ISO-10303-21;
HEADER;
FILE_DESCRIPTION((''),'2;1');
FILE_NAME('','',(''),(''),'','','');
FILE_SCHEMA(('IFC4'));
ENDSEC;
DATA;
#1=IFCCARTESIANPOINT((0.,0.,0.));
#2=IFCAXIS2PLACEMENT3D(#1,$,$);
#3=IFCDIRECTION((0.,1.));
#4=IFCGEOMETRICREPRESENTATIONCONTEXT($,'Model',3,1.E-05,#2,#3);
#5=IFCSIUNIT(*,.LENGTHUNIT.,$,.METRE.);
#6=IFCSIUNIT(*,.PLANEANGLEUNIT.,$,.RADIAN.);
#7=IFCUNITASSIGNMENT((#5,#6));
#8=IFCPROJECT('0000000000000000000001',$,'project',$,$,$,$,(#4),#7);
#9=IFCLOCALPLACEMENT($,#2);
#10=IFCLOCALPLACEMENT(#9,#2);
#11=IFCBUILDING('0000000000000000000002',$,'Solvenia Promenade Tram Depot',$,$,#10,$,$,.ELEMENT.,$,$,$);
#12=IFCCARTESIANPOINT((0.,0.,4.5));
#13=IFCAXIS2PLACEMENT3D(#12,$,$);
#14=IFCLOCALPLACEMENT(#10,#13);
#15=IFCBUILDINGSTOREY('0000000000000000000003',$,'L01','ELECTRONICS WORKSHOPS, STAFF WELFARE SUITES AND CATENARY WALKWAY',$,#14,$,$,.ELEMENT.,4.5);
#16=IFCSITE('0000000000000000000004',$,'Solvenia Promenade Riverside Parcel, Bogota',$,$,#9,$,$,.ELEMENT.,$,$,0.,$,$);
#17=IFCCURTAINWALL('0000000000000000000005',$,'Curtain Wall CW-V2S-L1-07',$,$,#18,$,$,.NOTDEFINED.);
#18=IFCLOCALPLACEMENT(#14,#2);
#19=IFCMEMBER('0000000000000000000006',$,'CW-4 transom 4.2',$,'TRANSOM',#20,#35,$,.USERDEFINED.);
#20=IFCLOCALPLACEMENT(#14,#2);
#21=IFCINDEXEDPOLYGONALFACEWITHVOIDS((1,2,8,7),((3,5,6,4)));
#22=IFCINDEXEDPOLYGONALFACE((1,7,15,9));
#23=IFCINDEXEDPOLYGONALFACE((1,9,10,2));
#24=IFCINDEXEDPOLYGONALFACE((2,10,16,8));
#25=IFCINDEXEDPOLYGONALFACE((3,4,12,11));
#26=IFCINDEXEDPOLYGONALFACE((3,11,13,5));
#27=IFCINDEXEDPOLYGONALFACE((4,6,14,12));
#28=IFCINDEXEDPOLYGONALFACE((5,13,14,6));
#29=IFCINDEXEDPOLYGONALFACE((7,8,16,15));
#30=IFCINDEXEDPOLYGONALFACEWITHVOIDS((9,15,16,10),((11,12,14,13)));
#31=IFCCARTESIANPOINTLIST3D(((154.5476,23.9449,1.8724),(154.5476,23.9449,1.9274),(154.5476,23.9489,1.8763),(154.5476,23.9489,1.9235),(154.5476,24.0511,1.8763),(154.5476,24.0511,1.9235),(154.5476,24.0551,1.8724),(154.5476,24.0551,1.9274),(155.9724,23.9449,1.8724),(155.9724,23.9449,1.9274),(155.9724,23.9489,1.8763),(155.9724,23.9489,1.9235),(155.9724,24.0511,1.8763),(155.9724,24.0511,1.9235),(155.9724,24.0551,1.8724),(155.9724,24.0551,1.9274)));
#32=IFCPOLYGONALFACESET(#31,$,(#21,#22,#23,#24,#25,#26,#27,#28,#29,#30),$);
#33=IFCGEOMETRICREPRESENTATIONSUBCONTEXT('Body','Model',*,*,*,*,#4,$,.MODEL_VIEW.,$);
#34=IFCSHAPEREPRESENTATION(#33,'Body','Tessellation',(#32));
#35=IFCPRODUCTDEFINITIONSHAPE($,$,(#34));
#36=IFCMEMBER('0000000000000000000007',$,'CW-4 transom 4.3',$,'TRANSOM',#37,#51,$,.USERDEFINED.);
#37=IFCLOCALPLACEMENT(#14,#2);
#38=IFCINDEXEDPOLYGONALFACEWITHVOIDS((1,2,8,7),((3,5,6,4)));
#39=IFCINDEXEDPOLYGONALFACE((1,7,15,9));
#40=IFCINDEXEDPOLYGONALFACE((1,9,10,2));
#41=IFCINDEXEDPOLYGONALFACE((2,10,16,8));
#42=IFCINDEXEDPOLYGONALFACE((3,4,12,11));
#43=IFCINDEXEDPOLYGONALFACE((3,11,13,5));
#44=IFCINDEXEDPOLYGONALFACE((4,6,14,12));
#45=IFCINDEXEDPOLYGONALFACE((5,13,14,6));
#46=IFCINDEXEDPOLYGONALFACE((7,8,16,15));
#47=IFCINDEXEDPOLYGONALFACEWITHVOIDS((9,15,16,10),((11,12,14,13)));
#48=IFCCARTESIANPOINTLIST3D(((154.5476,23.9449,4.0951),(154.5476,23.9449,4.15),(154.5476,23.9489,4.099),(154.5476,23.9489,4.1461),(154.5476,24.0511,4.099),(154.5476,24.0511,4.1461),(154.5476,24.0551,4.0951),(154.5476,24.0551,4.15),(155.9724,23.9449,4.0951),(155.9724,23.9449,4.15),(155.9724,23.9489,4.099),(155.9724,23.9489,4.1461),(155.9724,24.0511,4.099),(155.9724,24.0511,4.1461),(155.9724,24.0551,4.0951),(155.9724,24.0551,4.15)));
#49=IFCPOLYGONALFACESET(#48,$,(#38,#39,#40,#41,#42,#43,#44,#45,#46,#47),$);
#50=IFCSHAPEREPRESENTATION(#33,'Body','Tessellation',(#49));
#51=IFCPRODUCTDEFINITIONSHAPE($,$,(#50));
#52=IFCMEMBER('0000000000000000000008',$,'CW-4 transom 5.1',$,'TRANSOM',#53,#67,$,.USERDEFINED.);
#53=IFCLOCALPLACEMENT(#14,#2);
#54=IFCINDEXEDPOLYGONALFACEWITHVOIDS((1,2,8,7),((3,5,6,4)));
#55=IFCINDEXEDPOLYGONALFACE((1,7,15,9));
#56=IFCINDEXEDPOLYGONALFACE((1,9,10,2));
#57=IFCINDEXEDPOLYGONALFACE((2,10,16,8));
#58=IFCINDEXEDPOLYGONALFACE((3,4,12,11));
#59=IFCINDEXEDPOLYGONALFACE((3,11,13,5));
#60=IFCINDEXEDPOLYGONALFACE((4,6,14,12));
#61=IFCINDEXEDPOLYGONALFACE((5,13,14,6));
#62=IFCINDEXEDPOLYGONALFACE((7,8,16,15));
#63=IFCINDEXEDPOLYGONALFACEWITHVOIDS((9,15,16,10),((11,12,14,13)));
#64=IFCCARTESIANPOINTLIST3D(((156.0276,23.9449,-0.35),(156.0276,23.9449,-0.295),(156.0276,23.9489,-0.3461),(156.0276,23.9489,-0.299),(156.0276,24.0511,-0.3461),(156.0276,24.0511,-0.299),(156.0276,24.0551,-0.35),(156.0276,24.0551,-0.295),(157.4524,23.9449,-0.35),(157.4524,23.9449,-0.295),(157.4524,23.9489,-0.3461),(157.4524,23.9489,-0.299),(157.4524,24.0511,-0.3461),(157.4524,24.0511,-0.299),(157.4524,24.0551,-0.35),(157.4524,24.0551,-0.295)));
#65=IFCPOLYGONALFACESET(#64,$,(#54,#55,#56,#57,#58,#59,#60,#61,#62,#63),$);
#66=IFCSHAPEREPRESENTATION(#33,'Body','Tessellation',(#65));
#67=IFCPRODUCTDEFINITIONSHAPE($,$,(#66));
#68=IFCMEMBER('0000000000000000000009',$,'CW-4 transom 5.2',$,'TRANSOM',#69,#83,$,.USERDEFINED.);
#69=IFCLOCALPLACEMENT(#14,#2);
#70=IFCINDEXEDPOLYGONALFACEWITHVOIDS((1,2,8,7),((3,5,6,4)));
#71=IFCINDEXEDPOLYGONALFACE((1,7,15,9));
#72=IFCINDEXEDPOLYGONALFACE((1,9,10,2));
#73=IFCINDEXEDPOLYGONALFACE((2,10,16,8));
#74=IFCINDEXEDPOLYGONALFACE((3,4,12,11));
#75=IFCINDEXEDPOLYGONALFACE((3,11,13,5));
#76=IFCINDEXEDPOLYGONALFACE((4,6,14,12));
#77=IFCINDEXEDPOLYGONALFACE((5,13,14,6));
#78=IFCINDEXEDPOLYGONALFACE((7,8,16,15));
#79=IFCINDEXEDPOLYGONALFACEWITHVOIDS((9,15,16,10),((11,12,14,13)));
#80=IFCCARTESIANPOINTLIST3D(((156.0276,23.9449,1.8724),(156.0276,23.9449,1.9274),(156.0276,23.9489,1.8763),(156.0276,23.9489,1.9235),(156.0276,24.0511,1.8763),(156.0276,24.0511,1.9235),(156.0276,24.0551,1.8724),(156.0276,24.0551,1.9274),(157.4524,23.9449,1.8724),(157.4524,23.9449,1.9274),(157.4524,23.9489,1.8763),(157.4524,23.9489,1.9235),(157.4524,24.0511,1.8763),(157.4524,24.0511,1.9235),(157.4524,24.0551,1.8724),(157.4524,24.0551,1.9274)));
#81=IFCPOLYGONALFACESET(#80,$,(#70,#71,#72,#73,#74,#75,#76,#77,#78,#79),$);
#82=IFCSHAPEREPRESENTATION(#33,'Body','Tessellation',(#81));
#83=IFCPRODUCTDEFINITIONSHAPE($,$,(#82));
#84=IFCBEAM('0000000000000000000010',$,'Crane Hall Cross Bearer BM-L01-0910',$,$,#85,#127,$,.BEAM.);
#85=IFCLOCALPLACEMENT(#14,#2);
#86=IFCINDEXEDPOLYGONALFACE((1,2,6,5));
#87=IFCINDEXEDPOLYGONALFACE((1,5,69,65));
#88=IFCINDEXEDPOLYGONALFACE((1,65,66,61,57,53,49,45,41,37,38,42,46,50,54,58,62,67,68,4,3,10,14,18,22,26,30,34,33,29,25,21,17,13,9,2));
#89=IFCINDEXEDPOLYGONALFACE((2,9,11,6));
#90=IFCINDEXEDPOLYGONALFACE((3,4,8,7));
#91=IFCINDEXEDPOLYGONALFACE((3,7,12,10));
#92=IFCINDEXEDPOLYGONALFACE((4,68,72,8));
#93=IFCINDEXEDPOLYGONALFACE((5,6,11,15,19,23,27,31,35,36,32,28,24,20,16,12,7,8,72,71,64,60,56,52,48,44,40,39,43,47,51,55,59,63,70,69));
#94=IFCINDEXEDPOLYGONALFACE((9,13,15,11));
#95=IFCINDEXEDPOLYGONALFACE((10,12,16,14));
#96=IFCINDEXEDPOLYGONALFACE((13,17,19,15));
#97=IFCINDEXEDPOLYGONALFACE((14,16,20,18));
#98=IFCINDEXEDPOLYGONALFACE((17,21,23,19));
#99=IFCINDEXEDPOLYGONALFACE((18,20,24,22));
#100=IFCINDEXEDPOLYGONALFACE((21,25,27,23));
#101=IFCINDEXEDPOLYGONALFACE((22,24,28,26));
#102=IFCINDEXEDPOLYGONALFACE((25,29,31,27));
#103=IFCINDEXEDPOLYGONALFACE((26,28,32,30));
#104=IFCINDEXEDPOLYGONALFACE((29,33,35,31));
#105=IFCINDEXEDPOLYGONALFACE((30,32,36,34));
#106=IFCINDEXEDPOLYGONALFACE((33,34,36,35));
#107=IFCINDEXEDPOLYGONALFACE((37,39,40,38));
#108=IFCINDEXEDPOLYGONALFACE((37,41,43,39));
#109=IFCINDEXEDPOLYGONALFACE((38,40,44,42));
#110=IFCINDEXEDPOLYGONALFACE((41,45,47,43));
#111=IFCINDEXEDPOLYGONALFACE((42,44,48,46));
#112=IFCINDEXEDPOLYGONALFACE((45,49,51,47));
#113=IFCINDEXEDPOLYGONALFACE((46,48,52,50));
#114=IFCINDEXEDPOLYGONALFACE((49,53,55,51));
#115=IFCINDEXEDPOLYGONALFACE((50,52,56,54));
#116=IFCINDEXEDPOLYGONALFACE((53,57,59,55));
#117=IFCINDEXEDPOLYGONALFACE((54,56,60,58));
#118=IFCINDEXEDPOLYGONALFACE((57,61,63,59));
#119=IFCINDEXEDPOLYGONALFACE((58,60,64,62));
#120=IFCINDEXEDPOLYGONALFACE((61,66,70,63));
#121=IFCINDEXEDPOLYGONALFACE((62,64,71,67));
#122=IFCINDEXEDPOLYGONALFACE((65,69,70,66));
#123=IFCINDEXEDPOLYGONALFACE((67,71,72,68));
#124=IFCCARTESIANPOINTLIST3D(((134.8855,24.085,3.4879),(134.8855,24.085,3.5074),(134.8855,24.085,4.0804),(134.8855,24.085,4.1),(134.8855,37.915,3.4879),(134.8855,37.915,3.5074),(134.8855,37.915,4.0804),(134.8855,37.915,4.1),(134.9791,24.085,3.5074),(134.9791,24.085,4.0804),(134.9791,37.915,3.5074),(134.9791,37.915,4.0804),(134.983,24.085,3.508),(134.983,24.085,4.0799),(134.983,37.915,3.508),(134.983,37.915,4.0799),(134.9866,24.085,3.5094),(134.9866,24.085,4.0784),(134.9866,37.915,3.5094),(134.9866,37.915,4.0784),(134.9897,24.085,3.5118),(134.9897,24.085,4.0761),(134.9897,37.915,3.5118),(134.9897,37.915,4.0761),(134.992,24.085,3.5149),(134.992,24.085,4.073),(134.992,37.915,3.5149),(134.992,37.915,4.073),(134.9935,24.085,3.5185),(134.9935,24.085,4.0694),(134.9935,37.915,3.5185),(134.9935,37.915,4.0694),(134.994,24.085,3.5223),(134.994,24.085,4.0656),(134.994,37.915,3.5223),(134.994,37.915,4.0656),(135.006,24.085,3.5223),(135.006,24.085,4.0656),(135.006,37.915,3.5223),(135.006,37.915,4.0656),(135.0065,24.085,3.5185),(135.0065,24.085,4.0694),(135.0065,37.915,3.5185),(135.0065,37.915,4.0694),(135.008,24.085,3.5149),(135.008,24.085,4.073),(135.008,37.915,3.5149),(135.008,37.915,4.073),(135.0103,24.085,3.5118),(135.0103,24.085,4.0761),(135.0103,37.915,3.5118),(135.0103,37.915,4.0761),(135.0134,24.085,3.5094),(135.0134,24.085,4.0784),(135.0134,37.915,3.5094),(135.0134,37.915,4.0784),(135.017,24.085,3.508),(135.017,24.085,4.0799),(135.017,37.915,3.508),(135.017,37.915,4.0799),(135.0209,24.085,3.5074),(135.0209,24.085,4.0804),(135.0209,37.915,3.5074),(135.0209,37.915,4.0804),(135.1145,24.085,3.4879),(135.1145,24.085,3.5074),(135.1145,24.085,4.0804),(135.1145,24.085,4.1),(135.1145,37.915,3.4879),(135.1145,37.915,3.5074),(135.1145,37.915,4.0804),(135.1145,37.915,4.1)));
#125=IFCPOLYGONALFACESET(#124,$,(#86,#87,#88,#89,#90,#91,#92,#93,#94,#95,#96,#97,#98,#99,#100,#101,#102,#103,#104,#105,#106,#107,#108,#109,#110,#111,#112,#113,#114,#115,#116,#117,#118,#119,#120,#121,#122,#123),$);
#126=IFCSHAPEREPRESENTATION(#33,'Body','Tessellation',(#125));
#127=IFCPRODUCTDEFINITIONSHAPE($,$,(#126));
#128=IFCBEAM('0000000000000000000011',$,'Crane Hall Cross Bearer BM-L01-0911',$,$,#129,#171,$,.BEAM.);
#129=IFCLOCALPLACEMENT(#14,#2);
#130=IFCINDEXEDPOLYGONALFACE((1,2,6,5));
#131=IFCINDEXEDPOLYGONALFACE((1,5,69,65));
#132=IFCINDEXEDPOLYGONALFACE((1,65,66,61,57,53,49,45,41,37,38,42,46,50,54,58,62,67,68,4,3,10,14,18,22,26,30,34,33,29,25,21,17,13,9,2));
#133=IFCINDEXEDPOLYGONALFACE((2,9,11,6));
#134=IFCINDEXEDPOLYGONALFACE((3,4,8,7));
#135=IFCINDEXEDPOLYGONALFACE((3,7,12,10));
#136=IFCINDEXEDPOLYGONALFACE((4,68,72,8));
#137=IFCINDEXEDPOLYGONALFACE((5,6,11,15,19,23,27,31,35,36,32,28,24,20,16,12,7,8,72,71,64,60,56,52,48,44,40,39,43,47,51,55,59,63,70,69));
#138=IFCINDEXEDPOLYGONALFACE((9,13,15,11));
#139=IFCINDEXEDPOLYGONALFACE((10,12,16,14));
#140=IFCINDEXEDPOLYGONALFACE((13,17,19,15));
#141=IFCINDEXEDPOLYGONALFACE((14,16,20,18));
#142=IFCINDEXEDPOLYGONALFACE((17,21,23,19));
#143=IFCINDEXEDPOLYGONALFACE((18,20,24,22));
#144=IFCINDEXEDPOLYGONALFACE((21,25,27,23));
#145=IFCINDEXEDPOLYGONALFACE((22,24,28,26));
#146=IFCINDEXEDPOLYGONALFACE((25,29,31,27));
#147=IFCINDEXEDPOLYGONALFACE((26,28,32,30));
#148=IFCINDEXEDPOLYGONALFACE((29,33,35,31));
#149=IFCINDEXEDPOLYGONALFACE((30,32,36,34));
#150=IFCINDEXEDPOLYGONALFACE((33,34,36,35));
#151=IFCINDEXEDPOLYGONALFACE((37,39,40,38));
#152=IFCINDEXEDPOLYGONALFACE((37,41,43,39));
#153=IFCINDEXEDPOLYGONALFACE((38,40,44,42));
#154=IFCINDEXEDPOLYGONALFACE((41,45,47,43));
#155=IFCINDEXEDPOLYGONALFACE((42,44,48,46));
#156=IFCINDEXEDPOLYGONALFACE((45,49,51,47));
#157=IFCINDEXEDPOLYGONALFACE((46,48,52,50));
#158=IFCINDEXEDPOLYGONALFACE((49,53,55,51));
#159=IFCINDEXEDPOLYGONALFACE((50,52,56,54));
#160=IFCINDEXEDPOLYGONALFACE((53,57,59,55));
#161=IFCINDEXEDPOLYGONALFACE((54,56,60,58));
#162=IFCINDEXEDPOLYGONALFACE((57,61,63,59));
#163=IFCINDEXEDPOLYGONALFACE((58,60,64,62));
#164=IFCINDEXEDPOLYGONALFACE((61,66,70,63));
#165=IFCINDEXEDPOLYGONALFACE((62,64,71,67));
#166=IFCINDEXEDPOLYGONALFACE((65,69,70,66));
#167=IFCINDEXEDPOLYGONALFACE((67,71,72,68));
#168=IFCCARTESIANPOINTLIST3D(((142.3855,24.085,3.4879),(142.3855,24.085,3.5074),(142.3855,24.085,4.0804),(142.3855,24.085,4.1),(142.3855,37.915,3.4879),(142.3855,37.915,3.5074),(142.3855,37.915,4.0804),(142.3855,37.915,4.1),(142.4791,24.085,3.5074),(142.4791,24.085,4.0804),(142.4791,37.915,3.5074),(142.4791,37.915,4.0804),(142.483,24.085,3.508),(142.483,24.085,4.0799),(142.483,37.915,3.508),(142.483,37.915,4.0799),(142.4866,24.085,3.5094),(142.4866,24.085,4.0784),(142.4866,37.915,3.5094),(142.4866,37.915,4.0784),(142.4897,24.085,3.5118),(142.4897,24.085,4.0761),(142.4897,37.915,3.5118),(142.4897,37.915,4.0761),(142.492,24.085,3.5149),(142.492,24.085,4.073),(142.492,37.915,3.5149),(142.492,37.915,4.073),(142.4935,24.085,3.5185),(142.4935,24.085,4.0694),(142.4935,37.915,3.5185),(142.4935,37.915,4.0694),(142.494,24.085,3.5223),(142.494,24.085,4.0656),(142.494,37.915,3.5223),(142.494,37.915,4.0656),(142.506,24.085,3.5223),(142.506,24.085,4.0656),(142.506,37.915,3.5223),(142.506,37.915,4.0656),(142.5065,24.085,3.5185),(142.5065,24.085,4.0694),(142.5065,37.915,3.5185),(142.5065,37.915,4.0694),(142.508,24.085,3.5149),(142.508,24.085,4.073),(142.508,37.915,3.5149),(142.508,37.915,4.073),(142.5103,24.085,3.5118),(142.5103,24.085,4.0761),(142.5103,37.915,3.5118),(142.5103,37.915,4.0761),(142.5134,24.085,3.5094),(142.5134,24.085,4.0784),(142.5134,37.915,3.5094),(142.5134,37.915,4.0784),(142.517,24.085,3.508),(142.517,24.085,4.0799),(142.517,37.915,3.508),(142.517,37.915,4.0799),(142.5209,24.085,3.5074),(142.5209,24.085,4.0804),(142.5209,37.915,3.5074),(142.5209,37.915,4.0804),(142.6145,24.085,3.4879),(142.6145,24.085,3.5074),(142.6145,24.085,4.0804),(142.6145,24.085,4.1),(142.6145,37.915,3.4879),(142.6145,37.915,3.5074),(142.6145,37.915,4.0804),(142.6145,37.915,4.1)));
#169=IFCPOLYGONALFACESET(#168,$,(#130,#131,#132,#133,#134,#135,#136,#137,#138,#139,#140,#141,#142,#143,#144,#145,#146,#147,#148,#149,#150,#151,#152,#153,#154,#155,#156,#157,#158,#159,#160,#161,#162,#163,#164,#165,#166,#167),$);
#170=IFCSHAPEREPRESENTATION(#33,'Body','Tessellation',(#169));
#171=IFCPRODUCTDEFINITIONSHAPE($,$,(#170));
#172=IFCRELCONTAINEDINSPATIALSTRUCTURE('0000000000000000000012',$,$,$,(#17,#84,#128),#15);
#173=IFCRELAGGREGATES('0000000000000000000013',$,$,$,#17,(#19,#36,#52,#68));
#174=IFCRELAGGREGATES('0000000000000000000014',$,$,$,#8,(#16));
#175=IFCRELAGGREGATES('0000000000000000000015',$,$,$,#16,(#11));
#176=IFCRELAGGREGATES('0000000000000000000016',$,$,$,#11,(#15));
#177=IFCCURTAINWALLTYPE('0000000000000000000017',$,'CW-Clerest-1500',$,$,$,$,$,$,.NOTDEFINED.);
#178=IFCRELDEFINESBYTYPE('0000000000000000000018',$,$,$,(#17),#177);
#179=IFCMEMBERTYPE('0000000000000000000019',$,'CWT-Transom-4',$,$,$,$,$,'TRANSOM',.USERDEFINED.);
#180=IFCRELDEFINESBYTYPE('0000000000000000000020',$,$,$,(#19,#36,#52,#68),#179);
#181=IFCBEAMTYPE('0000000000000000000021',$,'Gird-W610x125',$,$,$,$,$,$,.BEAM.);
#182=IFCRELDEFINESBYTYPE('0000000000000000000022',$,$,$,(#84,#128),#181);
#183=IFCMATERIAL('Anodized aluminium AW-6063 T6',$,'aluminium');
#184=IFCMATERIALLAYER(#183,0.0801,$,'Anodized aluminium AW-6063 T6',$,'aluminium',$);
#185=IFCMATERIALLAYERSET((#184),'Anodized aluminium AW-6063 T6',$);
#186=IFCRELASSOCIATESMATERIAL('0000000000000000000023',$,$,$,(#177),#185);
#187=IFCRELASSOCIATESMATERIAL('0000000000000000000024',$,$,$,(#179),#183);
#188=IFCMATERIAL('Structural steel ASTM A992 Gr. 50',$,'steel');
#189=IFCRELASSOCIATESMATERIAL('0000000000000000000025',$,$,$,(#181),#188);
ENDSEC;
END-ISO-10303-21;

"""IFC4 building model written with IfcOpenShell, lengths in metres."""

from ifc_helpers import new_model, si_unit, direction, frame, origin, origin_2d, place, context, subcontext, project, spatial, hollow_rectangle, i_section, extrude, material, layer, layer_set, material_profile, profile_set, type_object, element, aggregate, save


model = new_model("IFC4")

# Units and contexts
model_context = context("Model", 3, precision=1e-05, world=origin(), true_north=direction((0.0, 1.0)))
body_context = subcontext(model_context, "Body", "Model", "MODEL_VIEW")
ifc_project = project(units=[si_unit("LENGTHUNIT", "METRE"), si_unit("PLANEANGLEUNIT", "RADIAN")], contexts=[model_context])

# Site, building, storey
site_placement = place(None, origin())
site = spatial("IfcSite", under=ifc_project, at=site_placement, Name="Solvenia Promenade Riverside Parcel, Bogota", CompositionType="ELEMENT", RefElevation=0.0)
building_placement = place(site_placement, origin())
building = spatial("IfcBuilding", under=site, at=building_placement, Name="Solvenia Promenade Tram Depot", CompositionType="ELEMENT")
storey_placement = place(building_placement, frame((0.0, 0.0, 4.5)))
storey = spatial("IfcBuildingStorey", under=building, at=storey_placement, Name="L01", Description="ELECTRONICS WORKSHOPS, STAFF WELFARE SUITES AND CATENARY WALKWAY", CompositionType="ELEMENT", Elevation=4.5)

# Shared definitions
ifc_material_1 = material(Name="Structural steel ASTM A992 Gr. 50", Category="steel")

# Curtain wall, members
ifc_material_2 = material(Name="Anodized aluminium AW-6063 T6", Category="aluminium")
ifc_layer_1 = layer(ifc_material_2, 0.0801, Name="Anodized aluminium AW-6063 T6", Category="aluminium")
ifc_layer_set_1 = layer_set([ifc_layer_1], Name="Anodized aluminium AW-6063 T6")
curtain_wall_type = type_object("IfcCurtainWallType", Name="CW-Clerest-1500", PredefinedType="NOTDEFINED", material=ifc_layer_set_1)
curtain_wall_placement = place(storey_placement, origin())
curtain_wall = element("IfcCurtainWall", 1, at=curtain_wall_placement, inside=storey, type_object=curtain_wall_type, Name="Curtain Wall CW-V2S-L1-07", PredefinedType="NOTDEFINED")
ifc_material_profile_1 = material_profile(ifc_material_2, hollow_rectangle(XDim=0.1101, YDim=0.0549, WallThickness=0.0039, at=origin_2d()), Name="ALU-T4", Category="aluminium")
ifc_profile_set_1 = profile_set([ifc_material_profile_1], Name="Anodized aluminium AW-6063 T6")
member_type_1 = type_object("IfcMemberType", Name="CWT-Transom-4", ElementType="TRANSOM", PredefinedType="USERDEFINED", material=ifc_profile_set_1)
member_1_placement = place(storey_placement, frame((154.5476, 24.0, 1.8999), z_axis=(1.0, 0.0, 0.0), x_axis=(0.0, 1.0, 0.0)))
member_1 = element("IfcMember", 2, at=member_1_placement, type_object=member_type_1, Name="CW-4 transom 4.2", ObjectType="TRANSOM", PredefinedType="USERDEFINED", context=body_context, shape_type="SweptSolid", body=[
    extrude(hollow_rectangle(XDim=0.1101, YDim=0.0549, WallThickness=0.0039, at=origin_2d()), origin(), (0.0, 0.0, 1.0), 1.4248),
])
member_2_placement = place(storey_placement, frame((154.5476, 24.0, 4.1226), z_axis=(1.0, 0.0, 0.0), x_axis=(0.0, 1.0, 0.0)))
member_2 = element("IfcMember", 3, at=member_2_placement, type_object=member_type_1, Name="CW-4 transom 4.3", ObjectType="TRANSOM", PredefinedType="USERDEFINED", context=body_context, shape_type="SweptSolid", body=[
    extrude(hollow_rectangle(XDim=0.1101, YDim=0.0549, WallThickness=0.0039, at=origin_2d()), origin(), (0.0, 0.0, 1.0), 1.4248),
])
member_3_placement = place(storey_placement, frame((156.0276, 24.0, -0.3225), z_axis=(1.0, 0.0, 0.0), x_axis=(0.0, 1.0, 0.0)))
member_3 = element("IfcMember", 4, at=member_3_placement, type_object=member_type_1, Name="CW-4 transom 5.1", ObjectType="TRANSOM", PredefinedType="USERDEFINED", context=body_context, shape_type="SweptSolid", body=[
    extrude(hollow_rectangle(XDim=0.1101, YDim=0.0549, WallThickness=0.0039, at=origin_2d()), origin(), (0.0, 0.0, 1.0), 1.4248),
])
member_4_placement = place(storey_placement, frame((156.0276, 24.0, 1.8999), z_axis=(1.0, 0.0, 0.0), x_axis=(0.0, 1.0, 0.0)))
member_4 = element("IfcMember", 5, at=member_4_placement, type_object=member_type_1, Name="CW-4 transom 5.2", ObjectType="TRANSOM", PredefinedType="USERDEFINED", context=body_context, shape_type="SweptSolid", body=[
    extrude(hollow_rectangle(XDim=0.1101, YDim=0.0549, WallThickness=0.0039, at=origin_2d()), origin(), (0.0, 0.0, 1.0), 1.4248),
])

# Beams
ifc_material_profile_2 = material_profile(ifc_material_1, i_section(OverallWidth=0.229, OverallDepth=0.6121, WebThickness=0.012, FlangeThickness=0.0195, FilletRadius=0.0149, at=origin_2d()), Name="W610x125", Category="steel")
ifc_profile_set_2 = profile_set([ifc_material_profile_2], Name="Structural steel ASTM A992 Gr. 50")
beam_type_1 = type_object("IfcBeamType", Name="Gird-W610x125", PredefinedType="BEAM", material=ifc_profile_set_2)
for number, where, z_axis, x_axis, name in (
    (6, (135.0, 24.085, 3.7939), (0.0, 1.0, 0.0), (-1.0, 0.0, 0.0), "Crane Hall Cross Bearer BM-L01-0910"),
    (7, (142.5, 24.085, 3.7939), (0.0, 1.0, 0.0), (-1.0, 0.0, 0.0), "Crane Hall Cross Bearer BM-L01-0911"),
):
    element("IfcBeam", number, at=place(storey_placement, frame(where, z_axis=z_axis, x_axis=x_axis)), inside=storey, type_object=beam_type_1, Name=name, PredefinedType="BEAM", context=body_context, shape_type="SweptSolid", body=[
        extrude(i_section(OverallWidth=0.229, OverallDepth=0.6121, WebThickness=0.012, FlangeThickness=0.0195, FilletRadius=0.0149, at=origin_2d()), origin(), (0.0, 0.0, 1.0), 13.8301),
    ])

aggregate(curtain_wall, [member_1, member_2, member_3, member_4])

save(model, "model.ifc")
